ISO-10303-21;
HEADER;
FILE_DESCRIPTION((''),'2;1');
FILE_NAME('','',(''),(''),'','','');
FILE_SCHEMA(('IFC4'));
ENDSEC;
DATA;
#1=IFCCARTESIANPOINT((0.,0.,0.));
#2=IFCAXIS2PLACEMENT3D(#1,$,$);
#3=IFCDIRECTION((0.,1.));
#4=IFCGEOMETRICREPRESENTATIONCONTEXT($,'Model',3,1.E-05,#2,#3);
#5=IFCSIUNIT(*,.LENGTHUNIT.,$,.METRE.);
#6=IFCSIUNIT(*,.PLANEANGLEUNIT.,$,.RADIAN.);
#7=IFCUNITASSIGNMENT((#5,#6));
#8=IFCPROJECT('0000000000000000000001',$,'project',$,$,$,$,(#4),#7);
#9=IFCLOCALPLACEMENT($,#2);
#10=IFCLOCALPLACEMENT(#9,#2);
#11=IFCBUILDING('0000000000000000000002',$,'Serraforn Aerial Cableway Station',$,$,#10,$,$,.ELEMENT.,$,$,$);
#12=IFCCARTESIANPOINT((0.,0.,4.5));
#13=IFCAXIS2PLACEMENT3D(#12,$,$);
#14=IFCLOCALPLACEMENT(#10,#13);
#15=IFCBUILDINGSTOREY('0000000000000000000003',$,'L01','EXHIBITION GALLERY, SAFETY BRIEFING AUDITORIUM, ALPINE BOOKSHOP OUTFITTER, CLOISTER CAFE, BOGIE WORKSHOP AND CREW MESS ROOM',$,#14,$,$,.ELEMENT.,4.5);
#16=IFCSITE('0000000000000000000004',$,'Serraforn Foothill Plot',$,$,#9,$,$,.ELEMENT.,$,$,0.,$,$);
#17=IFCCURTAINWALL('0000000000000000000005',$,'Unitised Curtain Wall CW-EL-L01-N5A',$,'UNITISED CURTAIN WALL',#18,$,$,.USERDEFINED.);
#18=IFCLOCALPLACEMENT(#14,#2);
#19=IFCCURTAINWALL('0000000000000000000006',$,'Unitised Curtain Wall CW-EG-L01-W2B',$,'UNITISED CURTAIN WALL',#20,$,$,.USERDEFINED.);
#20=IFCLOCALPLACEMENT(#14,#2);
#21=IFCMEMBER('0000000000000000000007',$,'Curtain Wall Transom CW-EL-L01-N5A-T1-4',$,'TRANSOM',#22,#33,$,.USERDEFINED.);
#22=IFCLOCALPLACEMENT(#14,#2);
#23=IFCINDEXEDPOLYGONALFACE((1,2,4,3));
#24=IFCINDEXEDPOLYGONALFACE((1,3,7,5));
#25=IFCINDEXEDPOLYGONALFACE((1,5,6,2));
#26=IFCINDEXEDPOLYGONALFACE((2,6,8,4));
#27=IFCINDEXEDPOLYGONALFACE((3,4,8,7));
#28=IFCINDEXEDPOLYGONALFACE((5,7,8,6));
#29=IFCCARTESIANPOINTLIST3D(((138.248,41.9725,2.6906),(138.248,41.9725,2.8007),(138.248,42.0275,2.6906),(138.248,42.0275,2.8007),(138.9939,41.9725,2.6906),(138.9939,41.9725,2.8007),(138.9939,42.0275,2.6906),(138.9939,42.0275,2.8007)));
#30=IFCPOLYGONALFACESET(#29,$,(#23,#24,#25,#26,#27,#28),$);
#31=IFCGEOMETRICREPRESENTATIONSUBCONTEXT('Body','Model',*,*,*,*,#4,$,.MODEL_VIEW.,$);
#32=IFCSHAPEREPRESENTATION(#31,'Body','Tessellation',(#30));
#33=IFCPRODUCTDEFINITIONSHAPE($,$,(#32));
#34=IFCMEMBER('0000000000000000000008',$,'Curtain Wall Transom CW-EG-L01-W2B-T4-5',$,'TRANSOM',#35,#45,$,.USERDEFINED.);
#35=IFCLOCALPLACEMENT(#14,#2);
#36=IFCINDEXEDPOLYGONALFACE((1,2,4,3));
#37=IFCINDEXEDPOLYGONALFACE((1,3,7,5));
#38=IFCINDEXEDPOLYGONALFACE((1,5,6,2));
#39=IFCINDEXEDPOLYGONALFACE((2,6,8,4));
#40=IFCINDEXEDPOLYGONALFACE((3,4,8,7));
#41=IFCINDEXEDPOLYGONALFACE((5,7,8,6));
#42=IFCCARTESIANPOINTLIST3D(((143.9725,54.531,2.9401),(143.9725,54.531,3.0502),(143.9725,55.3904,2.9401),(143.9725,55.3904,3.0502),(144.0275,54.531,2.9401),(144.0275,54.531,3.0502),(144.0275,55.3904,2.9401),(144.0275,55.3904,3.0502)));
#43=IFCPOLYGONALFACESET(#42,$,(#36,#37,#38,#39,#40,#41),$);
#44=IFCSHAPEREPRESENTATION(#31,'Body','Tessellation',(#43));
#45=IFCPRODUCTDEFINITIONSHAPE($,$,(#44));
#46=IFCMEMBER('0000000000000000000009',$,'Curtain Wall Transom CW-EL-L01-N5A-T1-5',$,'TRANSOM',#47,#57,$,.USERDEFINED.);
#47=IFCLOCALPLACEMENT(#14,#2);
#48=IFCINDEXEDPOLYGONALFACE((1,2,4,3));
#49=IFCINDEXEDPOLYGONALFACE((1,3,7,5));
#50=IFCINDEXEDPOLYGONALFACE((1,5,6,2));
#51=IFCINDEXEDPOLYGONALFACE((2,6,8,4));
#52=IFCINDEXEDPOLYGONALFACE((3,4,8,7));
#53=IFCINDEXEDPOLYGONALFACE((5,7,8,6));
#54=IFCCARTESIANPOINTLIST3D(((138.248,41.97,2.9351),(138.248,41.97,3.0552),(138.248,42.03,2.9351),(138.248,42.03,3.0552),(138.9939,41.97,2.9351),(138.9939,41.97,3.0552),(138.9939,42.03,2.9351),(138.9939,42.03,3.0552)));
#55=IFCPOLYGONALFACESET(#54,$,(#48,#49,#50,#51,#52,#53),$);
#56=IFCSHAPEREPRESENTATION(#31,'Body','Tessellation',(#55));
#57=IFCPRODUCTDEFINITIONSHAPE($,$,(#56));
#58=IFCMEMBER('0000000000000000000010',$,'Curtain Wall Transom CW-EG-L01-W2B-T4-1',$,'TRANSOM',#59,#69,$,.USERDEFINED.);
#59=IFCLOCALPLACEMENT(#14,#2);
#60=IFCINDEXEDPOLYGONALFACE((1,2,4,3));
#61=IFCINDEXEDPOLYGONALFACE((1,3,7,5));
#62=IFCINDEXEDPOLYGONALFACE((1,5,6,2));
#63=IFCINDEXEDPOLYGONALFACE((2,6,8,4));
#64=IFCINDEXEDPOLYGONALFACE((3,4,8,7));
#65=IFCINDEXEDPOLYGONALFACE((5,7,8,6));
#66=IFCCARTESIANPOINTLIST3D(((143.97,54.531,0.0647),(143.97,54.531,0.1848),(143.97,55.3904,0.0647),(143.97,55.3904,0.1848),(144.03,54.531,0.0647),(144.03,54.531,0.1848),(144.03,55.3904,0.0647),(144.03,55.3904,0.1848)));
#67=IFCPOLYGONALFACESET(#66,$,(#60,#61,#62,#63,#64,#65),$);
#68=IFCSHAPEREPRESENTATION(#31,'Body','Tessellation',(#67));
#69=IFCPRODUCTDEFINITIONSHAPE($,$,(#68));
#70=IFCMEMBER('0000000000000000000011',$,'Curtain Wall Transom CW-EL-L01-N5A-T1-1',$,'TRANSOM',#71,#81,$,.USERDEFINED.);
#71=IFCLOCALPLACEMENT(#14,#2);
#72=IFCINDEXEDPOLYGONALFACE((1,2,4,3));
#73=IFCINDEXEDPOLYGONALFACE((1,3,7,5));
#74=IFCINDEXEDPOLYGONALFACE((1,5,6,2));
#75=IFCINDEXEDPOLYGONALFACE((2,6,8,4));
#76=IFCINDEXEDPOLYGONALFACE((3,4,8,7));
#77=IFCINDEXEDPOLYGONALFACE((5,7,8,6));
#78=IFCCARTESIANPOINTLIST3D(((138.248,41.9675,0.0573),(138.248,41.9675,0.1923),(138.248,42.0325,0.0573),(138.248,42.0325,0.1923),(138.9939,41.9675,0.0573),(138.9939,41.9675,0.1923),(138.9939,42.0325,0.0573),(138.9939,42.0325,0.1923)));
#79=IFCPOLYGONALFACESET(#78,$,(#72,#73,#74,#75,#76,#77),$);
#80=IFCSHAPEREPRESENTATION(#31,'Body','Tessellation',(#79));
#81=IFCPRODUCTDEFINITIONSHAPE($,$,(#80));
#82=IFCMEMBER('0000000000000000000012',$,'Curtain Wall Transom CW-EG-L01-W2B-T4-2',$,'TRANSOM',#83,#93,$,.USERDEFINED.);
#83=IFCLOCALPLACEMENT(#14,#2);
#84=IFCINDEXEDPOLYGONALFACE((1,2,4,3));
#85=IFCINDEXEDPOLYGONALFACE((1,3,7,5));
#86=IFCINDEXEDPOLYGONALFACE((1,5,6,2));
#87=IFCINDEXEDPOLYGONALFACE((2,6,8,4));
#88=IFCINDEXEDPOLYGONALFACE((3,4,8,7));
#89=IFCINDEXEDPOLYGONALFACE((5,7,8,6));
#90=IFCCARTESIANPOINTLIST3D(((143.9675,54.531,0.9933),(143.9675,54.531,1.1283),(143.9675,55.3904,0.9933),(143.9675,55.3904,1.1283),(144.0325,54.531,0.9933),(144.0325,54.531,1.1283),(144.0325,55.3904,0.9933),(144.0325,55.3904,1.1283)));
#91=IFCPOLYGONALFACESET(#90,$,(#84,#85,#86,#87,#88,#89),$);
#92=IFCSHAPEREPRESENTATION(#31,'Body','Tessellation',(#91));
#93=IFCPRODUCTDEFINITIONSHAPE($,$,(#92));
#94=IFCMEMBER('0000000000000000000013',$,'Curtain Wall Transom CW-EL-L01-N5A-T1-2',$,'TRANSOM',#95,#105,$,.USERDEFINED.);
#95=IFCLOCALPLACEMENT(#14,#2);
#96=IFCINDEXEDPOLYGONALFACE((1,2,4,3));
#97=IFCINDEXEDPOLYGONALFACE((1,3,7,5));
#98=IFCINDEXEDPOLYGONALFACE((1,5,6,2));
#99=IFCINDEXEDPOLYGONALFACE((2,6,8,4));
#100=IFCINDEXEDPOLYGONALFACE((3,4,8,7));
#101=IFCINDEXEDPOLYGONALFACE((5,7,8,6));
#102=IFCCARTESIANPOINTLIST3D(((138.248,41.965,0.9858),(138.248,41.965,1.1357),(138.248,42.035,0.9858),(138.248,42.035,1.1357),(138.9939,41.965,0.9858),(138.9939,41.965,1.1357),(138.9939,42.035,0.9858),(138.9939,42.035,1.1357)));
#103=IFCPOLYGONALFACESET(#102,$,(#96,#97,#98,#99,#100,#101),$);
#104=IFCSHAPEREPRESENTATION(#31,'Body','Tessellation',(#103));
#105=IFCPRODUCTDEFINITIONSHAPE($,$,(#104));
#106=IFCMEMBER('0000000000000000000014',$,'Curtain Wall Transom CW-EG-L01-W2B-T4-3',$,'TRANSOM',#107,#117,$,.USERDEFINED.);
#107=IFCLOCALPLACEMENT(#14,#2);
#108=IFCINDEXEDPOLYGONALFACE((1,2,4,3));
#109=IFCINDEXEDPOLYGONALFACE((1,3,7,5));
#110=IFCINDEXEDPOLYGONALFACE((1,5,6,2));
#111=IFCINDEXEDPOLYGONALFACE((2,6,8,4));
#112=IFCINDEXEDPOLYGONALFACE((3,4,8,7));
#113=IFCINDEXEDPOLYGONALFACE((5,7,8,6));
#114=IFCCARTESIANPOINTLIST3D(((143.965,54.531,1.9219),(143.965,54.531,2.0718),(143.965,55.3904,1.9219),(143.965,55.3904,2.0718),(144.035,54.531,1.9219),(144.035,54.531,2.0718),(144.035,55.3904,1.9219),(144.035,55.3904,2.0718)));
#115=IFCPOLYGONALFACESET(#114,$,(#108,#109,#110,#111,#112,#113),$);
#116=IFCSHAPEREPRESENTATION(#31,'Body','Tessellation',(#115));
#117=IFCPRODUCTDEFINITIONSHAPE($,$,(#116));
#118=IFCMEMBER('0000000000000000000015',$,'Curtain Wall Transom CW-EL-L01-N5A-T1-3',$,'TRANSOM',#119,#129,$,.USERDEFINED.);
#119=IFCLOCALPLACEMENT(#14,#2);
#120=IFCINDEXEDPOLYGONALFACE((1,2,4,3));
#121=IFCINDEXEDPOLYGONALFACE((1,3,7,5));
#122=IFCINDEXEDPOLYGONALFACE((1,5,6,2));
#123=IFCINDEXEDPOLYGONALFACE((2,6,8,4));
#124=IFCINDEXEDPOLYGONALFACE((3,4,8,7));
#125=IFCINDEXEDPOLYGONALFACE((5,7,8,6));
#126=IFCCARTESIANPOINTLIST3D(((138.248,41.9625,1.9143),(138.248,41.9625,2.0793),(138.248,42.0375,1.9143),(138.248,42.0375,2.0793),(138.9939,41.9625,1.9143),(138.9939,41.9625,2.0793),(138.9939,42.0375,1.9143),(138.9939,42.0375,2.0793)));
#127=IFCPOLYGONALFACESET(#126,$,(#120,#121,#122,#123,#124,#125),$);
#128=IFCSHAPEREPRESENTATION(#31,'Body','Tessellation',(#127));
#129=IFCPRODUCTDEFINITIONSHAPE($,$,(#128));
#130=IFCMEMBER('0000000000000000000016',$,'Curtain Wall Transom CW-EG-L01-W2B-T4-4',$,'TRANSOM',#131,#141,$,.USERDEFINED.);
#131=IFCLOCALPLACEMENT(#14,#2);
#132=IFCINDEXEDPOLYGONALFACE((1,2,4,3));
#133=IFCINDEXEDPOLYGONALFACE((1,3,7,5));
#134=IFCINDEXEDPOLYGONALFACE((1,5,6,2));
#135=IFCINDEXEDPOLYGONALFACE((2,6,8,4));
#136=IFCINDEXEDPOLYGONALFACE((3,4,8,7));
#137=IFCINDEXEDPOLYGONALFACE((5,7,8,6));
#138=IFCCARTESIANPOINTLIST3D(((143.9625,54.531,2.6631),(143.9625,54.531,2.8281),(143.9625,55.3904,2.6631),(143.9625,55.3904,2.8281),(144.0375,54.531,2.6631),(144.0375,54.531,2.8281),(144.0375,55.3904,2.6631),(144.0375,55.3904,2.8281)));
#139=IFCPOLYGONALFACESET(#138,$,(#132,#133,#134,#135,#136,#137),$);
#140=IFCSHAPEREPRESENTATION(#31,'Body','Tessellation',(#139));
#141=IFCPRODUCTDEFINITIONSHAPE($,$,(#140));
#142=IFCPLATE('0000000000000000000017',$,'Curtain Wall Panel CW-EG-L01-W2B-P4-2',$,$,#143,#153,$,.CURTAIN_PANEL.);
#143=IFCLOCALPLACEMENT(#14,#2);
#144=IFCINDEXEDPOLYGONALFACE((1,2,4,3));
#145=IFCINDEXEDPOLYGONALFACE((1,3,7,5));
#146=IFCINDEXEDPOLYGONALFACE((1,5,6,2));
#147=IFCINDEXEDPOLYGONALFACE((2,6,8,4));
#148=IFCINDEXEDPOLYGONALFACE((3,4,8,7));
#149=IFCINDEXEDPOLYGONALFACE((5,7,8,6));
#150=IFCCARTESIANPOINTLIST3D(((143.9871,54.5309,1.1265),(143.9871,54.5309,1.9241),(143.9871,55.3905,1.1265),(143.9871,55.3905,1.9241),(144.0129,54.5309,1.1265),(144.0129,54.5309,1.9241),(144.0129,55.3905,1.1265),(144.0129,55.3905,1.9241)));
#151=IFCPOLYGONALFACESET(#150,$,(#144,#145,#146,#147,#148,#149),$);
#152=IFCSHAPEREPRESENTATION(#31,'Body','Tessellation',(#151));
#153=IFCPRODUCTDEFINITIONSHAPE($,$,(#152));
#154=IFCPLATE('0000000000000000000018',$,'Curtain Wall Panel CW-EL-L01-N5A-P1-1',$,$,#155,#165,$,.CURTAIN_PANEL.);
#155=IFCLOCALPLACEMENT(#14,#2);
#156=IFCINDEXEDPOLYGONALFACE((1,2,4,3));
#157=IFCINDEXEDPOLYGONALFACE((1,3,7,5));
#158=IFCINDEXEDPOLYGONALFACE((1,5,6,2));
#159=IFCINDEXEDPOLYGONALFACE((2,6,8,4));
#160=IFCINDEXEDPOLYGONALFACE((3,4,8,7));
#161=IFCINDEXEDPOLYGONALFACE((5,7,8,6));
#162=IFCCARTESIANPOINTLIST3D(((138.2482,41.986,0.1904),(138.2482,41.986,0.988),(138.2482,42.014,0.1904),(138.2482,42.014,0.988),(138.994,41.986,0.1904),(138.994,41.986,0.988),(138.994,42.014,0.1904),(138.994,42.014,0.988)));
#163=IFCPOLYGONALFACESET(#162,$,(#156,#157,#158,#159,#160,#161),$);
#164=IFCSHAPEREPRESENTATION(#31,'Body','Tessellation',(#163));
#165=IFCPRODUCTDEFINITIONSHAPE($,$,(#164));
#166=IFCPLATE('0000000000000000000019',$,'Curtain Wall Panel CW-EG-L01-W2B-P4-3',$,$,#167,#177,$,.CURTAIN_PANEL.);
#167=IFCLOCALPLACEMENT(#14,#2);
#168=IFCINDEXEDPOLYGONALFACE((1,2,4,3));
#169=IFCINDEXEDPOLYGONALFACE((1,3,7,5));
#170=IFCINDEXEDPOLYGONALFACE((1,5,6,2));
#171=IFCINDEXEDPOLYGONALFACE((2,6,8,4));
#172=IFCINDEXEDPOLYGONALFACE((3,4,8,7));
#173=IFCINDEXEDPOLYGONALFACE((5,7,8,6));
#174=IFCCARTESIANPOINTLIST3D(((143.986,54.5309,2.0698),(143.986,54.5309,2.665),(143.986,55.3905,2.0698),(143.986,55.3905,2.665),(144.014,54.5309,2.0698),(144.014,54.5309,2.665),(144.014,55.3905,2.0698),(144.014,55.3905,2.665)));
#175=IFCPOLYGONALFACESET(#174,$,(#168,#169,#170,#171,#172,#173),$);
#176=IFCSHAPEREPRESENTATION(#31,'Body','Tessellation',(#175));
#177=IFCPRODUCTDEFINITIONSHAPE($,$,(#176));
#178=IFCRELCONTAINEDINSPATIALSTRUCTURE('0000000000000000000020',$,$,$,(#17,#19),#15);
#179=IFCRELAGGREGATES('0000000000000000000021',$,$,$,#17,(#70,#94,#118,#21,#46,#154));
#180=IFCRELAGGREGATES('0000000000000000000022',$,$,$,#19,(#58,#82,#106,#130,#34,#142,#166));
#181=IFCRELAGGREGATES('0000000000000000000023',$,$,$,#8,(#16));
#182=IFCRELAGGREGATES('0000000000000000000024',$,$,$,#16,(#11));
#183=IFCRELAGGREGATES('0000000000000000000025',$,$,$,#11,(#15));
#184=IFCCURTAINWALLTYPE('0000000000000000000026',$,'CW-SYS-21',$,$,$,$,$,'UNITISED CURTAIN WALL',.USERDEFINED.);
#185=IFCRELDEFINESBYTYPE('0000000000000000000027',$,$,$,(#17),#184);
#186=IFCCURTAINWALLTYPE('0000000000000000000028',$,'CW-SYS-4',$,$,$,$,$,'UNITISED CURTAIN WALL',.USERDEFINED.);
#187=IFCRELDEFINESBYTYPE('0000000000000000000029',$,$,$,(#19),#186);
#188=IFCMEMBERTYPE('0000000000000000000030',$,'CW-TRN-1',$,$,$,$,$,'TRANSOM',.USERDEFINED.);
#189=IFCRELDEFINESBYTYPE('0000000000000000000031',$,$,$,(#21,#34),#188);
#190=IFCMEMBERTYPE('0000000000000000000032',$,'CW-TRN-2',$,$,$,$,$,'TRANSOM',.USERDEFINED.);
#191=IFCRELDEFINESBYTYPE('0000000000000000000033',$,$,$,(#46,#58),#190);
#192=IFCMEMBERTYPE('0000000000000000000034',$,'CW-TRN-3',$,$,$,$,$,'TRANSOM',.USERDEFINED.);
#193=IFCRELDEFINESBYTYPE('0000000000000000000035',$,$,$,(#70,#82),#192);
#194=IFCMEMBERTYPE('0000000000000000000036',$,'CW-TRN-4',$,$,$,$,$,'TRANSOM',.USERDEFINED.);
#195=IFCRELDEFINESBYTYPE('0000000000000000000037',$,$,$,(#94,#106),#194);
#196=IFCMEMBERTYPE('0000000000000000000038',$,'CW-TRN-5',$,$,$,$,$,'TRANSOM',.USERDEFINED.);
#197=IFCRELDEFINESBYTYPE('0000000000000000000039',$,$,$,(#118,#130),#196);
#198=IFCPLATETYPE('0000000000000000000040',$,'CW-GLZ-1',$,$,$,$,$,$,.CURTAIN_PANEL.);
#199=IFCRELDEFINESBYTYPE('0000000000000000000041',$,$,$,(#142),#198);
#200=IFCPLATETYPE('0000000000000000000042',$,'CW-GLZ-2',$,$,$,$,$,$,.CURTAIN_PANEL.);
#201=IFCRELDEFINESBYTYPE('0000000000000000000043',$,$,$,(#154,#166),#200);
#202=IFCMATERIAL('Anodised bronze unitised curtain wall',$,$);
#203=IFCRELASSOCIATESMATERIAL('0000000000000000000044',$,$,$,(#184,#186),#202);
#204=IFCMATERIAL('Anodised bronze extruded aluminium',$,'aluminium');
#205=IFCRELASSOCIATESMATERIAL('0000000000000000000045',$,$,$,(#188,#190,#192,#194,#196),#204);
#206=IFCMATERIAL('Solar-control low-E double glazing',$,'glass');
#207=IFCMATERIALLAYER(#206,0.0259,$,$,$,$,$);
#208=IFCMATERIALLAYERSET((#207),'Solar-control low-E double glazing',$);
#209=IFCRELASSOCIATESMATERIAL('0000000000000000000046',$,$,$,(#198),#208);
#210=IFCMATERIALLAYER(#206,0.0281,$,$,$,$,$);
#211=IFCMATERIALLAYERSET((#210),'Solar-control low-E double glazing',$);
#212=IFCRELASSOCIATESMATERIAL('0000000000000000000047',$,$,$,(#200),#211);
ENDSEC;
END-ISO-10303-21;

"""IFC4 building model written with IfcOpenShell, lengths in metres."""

from ifc_helpers import new_model, si_unit, direction, frame, origin, origin_2d, place, context, subcontext, project, spatial, rectangle, extrude, material, layer, layer_set, material_profile, profile_set, type_object, element, aggregate, save


model = new_model("IFC4")

# Units and contexts
model_context = context("Model", 3, precision=1e-05, world=origin(), true_north=direction((0.0, 1.0)))
body_context = subcontext(model_context, "Body", "Model", "MODEL_VIEW")
ifc_project = project(units=[si_unit("LENGTHUNIT", "METRE"), si_unit("PLANEANGLEUNIT", "RADIAN")], contexts=[model_context])

# Site, building, storey
site_placement = place(None, origin())
site = spatial("IfcSite", under=ifc_project, at=site_placement, Name="Serraforn Foothill Plot", CompositionType="ELEMENT", RefElevation=0.0)
building_placement = place(site_placement, origin())
building = spatial("IfcBuilding", under=site, at=building_placement, Name="Serraforn Aerial Cableway Station", CompositionType="ELEMENT")
storey_placement = place(building_placement, frame((0.0, 0.0, 4.5)))
storey = spatial("IfcBuildingStorey", under=building, at=storey_placement, Name="L01", Description="EXHIBITION GALLERY, SAFETY BRIEFING AUDITORIUM, ALPINE BOOKSHOP OUTFITTER, CLOISTER CAFE, BOGIE WORKSHOP AND CREW MESS ROOM", CompositionType="ELEMENT", Elevation=4.5)

# Curtain walls
ifc_material_1 = material(Name="Anodised bronze unitised curtain wall")
curtain_wall_type_1 = type_object("IfcCurtainWallType", Name="CW-SYS-21", ElementType="UNITISED CURTAIN WALL", PredefinedType="USERDEFINED", material=ifc_material_1)
curtain_wall_1_placement = place(storey_placement, origin())
curtain_wall_1 = element("IfcCurtainWall", 1, at=curtain_wall_1_placement, inside=storey, type_object=curtain_wall_type_1, Name="Unitised Curtain Wall CW-EL-L01-N5A", ObjectType="UNITISED CURTAIN WALL", PredefinedType="USERDEFINED")
ifc_material_2 = material(Name="Anodised bronze extruded aluminium", Category="aluminium")
curtain_wall_type_2 = type_object("IfcCurtainWallType", Name="CW-SYS-4", ElementType="UNITISED CURTAIN WALL", PredefinedType="USERDEFINED", material=ifc_material_1)
curtain_wall_2_placement = place(storey_placement, origin())
curtain_wall_2 = element("IfcCurtainWall", 2, at=curtain_wall_2_placement, inside=storey, type_object=curtain_wall_type_2, Name="Unitised Curtain Wall CW-EG-L01-W2B", ObjectType="UNITISED CURTAIN WALL", PredefinedType="USERDEFINED")

# Members
ifc_material_profile_1 = material_profile(ifc_material_2, rectangle(XDim=0.0549, YDim=0.1101, at=origin_2d()), Name="CW TRANSOM 55x110")
ifc_profile_set_1 = profile_set([ifc_material_profile_1], Name="Anodised bronze extruded aluminium")
member_type_1 = type_object("IfcMemberType", Name="CW-TRN-1", ElementType="TRANSOM", PredefinedType="USERDEFINED", material=ifc_profile_set_1)
member_1_placement = place(storey_placement, frame((138.9939, 42.0, 2.7456), z_axis=(-1.0, 0.0, 0.0), x_axis=(0.0, -1.0, 0.0)))
member_1 = element("IfcMember", 3, at=member_1_placement, type_object=member_type_1, Name="Curtain Wall Transom CW-EL-L01-N5A-T1-4", ObjectType="TRANSOM", PredefinedType="USERDEFINED", context=body_context, shape_type="SweptSolid", body=[
    extrude(rectangle(XDim=0.0549, YDim=0.1101, at=origin_2d()), origin(), (0.0, 0.0, 1.0), 0.7458),
])
member_2_placement = place(storey_placement, frame((144.0, 55.3904, 2.9951), z_axis=(0.0, -1.0, 0.0), x_axis=(1.0, 0.0, 0.0)))
member_2 = element("IfcMember", 4, at=member_2_placement, type_object=member_type_1, Name="Curtain Wall Transom CW-EG-L01-W2B-T4-5", ObjectType="TRANSOM", PredefinedType="USERDEFINED", context=body_context, shape_type="SweptSolid", body=[
    extrude(rectangle(XDim=0.0549, YDim=0.1101, at=origin_2d()), origin(), (0.0, 0.0, 1.0), 0.8594),
])
ifc_material_profile_2 = material_profile(ifc_material_2, rectangle(XDim=0.0601, YDim=0.1201, at=origin_2d()), Name="CW TRANSOM 60x120")
ifc_profile_set_2 = profile_set([ifc_material_profile_2], Name="Anodised bronze extruded aluminium")
member_type_2 = type_object("IfcMemberType", Name="CW-TRN-2", ElementType="TRANSOM", PredefinedType="USERDEFINED", material=ifc_profile_set_2)
member_3_placement = place(storey_placement, frame((138.9939, 42.0, 2.9951), z_axis=(-1.0, 0.0, 0.0), x_axis=(0.0, -1.0, 0.0)))
member_3 = element("IfcMember", 5, at=member_3_placement, type_object=member_type_2, Name="Curtain Wall Transom CW-EL-L01-N5A-T1-5", ObjectType="TRANSOM", PredefinedType="USERDEFINED", context=body_context, shape_type="SweptSolid", body=[
    extrude(rectangle(XDim=0.0601, YDim=0.1201, at=origin_2d()), origin(), (0.0, 0.0, 1.0), 0.7458),
])
member_4_placement = place(storey_placement, frame((144.0, 55.3904, 0.1248), z_axis=(0.0, -1.0, 0.0), x_axis=(1.0, 0.0, 0.0)))
member_4 = element("IfcMember", 6, at=member_4_placement, type_object=member_type_2, Name="Curtain Wall Transom CW-EG-L01-W2B-T4-1", ObjectType="TRANSOM", PredefinedType="USERDEFINED", context=body_context, shape_type="SweptSolid", body=[
    extrude(rectangle(XDim=0.0601, YDim=0.1201, at=origin_2d()), origin(), (0.0, 0.0, 1.0), 0.8594),
])
ifc_material_profile_3 = material_profile(ifc_material_2, rectangle(XDim=0.0649, YDim=0.135, at=origin_2d()), Name="CW TRANSOM 65x135")
ifc_profile_set_3 = profile_set([ifc_material_profile_3], Name="Anodised bronze extruded aluminium")
member_type_3 = type_object("IfcMemberType", Name="CW-TRN-3", ElementType="TRANSOM", PredefinedType="USERDEFINED", material=ifc_profile_set_3)
member_5_placement = place(storey_placement, frame((138.9939, 42.0, 0.1248), z_axis=(-1.0, 0.0, 0.0), x_axis=(0.0, -1.0, 0.0)))
member_5 = element("IfcMember", 7, at=member_5_placement, type_object=member_type_3, Name="Curtain Wall Transom CW-EL-L01-N5A-T1-1", ObjectType="TRANSOM", PredefinedType="USERDEFINED", context=body_context, shape_type="SweptSolid", body=[
    extrude(rectangle(XDim=0.0649, YDim=0.135, at=origin_2d()), origin(), (0.0, 0.0, 1.0), 0.7458),
])
member_6_placement = place(storey_placement, frame((144.0, 55.3904, 1.0608), z_axis=(0.0, -1.0, 0.0), x_axis=(1.0, 0.0, 0.0)))
member_6 = element("IfcMember", 8, at=member_6_placement, type_object=member_type_3, Name="Curtain Wall Transom CW-EG-L01-W2B-T4-2", ObjectType="TRANSOM", PredefinedType="USERDEFINED", context=body_context, shape_type="SweptSolid", body=[
    extrude(rectangle(XDim=0.0649, YDim=0.135, at=origin_2d()), origin(), (0.0, 0.0, 1.0), 0.8594),
])
ifc_material_profile_4 = material_profile(ifc_material_2, rectangle(XDim=0.0701, YDim=0.1499, at=origin_2d()), Name="CW TRANSOM 70x150")
ifc_profile_set_4 = profile_set([ifc_material_profile_4], Name="Anodised bronze extruded aluminium")
member_type_4 = type_object("IfcMemberType", Name="CW-TRN-4", ElementType="TRANSOM", PredefinedType="USERDEFINED", material=ifc_profile_set_4)
member_7_placement = place(storey_placement, frame((138.9939, 42.0, 1.0608), z_axis=(-1.0, 0.0, 0.0), x_axis=(0.0, -1.0, 0.0)))
member_7 = element("IfcMember", 9, at=member_7_placement, type_object=member_type_4, Name="Curtain Wall Transom CW-EL-L01-N5A-T1-2", ObjectType="TRANSOM", PredefinedType="USERDEFINED", context=body_context, shape_type="SweptSolid", body=[
    extrude(rectangle(XDim=0.0701, YDim=0.1499, at=origin_2d()), origin(), (0.0, 0.0, 1.0), 0.7458),
])
member_8_placement = place(storey_placement, frame((144.0, 55.3904, 1.9968), z_axis=(0.0, -1.0, 0.0), x_axis=(1.0, 0.0, 0.0)))
member_8 = element("IfcMember", 10, at=member_8_placement, type_object=member_type_4, Name="Curtain Wall Transom CW-EG-L01-W2B-T4-3", ObjectType="TRANSOM", PredefinedType="USERDEFINED", context=body_context, shape_type="SweptSolid", body=[
    extrude(rectangle(XDim=0.0701, YDim=0.1499, at=origin_2d()), origin(), (0.0, 0.0, 1.0), 0.8594),
])
ifc_material_profile_5 = material_profile(ifc_material_2, rectangle(XDim=0.075, YDim=0.165, at=origin_2d()), Name="CW TRANSOM 75x165")
ifc_profile_set_5 = profile_set([ifc_material_profile_5], Name="Anodised bronze extruded aluminium")
member_type_5 = type_object("IfcMemberType", Name="CW-TRN-5", ElementType="TRANSOM", PredefinedType="USERDEFINED", material=ifc_profile_set_5)
member_9_placement = place(storey_placement, frame((138.9939, 42.0, 1.9968), z_axis=(-1.0, 0.0, 0.0), x_axis=(0.0, -1.0, 0.0)))
member_9 = element("IfcMember", 11, at=member_9_placement, type_object=member_type_5, Name="Curtain Wall Transom CW-EL-L01-N5A-T1-3", ObjectType="TRANSOM", PredefinedType="USERDEFINED", context=body_context, shape_type="SweptSolid", body=[
    extrude(rectangle(XDim=0.075, YDim=0.165, at=origin_2d()), origin(), (0.0, 0.0, 1.0), 0.7458),
])
member_10_placement = place(storey_placement, frame((144.0, 55.3904, 2.7456), z_axis=(0.0, -1.0, 0.0), x_axis=(1.0, 0.0, 0.0)))
member_10 = element("IfcMember", 12, at=member_10_placement, type_object=member_type_5, Name="Curtain Wall Transom CW-EG-L01-W2B-T4-4", ObjectType="TRANSOM", PredefinedType="USERDEFINED", context=body_context, shape_type="SweptSolid", body=[
    extrude(rectangle(XDim=0.075, YDim=0.165, at=origin_2d()), origin(), (0.0, 0.0, 1.0), 0.8594),
])

# Plates
ifc_material_3 = material(Name="Solar-control low-E double glazing", Category="glass")
ifc_layer_1 = layer(ifc_material_3, 0.0259)
ifc_layer_set_1 = layer_set([ifc_layer_1], Name="Solar-control low-E double glazing")
plate_type_1 = type_object("IfcPlateType", Name="CW-GLZ-1", PredefinedType="CURTAIN_PANEL", material=ifc_layer_set_1)
plate_1_placement = place(storey_placement, frame((144.0, 54.9607, 1.1265), z_axis=(0.0, 0.0, 1.0), x_axis=(1.0, 0.0, 0.0)))
plate_1 = element("IfcPlate", 13, at=plate_1_placement, type_object=plate_type_1, Name="Curtain Wall Panel CW-EG-L01-W2B-P4-2", PredefinedType="CURTAIN_PANEL", context=body_context, shape_type="SweptSolid", body=[
    extrude(rectangle(XDim=0.0259, YDim=0.8596, at=origin_2d()), origin(), (0.0, 0.0, 1.0), 0.7976),
])
ifc_layer_2 = layer(ifc_material_3, 0.0281)
ifc_layer_set_2 = layer_set([ifc_layer_2], Name="Solar-control low-E double glazing")
plate_type_2 = type_object("IfcPlateType", Name="CW-GLZ-2", PredefinedType="CURTAIN_PANEL", material=ifc_layer_set_2)
plate_2_placement = place(storey_placement, frame((138.6211, 42.0, 0.1904), z_axis=(0.0, 0.0, 1.0), x_axis=(1.0, 0.0, 0.0)))
plate_2 = element("IfcPlate", 14, at=plate_2_placement, type_object=plate_type_2, Name="Curtain Wall Panel CW-EL-L01-N5A-P1-1", PredefinedType="CURTAIN_PANEL", context=body_context, shape_type="SweptSolid", body=[
    extrude(rectangle(XDim=0.7458, YDim=0.0281, at=origin_2d()), origin(), (0.0, 0.0, 1.0), 0.7976),
])
plate_3_placement = place(storey_placement, frame((144.0, 54.9607, 2.0698), z_axis=(0.0, 0.0, 1.0), x_axis=(1.0, 0.0, 0.0)))
plate_3 = element("IfcPlate", 15, at=plate_3_placement, type_object=plate_type_2, Name="Curtain Wall Panel CW-EG-L01-W2B-P4-3", PredefinedType="CURTAIN_PANEL", context=body_context, shape_type="SweptSolid", body=[
    extrude(rectangle(XDim=0.0281, YDim=0.8596, at=origin_2d()), origin(), (0.0, 0.0, 1.0), 0.5952),
])
aggregate(curtain_wall_1, [member_5, member_7, member_9, member_1, member_3, plate_2])
aggregate(curtain_wall_2, [member_4, member_6, member_8, member_10, member_2, plate_1, plate_3])

save(model, "model.ifc")
